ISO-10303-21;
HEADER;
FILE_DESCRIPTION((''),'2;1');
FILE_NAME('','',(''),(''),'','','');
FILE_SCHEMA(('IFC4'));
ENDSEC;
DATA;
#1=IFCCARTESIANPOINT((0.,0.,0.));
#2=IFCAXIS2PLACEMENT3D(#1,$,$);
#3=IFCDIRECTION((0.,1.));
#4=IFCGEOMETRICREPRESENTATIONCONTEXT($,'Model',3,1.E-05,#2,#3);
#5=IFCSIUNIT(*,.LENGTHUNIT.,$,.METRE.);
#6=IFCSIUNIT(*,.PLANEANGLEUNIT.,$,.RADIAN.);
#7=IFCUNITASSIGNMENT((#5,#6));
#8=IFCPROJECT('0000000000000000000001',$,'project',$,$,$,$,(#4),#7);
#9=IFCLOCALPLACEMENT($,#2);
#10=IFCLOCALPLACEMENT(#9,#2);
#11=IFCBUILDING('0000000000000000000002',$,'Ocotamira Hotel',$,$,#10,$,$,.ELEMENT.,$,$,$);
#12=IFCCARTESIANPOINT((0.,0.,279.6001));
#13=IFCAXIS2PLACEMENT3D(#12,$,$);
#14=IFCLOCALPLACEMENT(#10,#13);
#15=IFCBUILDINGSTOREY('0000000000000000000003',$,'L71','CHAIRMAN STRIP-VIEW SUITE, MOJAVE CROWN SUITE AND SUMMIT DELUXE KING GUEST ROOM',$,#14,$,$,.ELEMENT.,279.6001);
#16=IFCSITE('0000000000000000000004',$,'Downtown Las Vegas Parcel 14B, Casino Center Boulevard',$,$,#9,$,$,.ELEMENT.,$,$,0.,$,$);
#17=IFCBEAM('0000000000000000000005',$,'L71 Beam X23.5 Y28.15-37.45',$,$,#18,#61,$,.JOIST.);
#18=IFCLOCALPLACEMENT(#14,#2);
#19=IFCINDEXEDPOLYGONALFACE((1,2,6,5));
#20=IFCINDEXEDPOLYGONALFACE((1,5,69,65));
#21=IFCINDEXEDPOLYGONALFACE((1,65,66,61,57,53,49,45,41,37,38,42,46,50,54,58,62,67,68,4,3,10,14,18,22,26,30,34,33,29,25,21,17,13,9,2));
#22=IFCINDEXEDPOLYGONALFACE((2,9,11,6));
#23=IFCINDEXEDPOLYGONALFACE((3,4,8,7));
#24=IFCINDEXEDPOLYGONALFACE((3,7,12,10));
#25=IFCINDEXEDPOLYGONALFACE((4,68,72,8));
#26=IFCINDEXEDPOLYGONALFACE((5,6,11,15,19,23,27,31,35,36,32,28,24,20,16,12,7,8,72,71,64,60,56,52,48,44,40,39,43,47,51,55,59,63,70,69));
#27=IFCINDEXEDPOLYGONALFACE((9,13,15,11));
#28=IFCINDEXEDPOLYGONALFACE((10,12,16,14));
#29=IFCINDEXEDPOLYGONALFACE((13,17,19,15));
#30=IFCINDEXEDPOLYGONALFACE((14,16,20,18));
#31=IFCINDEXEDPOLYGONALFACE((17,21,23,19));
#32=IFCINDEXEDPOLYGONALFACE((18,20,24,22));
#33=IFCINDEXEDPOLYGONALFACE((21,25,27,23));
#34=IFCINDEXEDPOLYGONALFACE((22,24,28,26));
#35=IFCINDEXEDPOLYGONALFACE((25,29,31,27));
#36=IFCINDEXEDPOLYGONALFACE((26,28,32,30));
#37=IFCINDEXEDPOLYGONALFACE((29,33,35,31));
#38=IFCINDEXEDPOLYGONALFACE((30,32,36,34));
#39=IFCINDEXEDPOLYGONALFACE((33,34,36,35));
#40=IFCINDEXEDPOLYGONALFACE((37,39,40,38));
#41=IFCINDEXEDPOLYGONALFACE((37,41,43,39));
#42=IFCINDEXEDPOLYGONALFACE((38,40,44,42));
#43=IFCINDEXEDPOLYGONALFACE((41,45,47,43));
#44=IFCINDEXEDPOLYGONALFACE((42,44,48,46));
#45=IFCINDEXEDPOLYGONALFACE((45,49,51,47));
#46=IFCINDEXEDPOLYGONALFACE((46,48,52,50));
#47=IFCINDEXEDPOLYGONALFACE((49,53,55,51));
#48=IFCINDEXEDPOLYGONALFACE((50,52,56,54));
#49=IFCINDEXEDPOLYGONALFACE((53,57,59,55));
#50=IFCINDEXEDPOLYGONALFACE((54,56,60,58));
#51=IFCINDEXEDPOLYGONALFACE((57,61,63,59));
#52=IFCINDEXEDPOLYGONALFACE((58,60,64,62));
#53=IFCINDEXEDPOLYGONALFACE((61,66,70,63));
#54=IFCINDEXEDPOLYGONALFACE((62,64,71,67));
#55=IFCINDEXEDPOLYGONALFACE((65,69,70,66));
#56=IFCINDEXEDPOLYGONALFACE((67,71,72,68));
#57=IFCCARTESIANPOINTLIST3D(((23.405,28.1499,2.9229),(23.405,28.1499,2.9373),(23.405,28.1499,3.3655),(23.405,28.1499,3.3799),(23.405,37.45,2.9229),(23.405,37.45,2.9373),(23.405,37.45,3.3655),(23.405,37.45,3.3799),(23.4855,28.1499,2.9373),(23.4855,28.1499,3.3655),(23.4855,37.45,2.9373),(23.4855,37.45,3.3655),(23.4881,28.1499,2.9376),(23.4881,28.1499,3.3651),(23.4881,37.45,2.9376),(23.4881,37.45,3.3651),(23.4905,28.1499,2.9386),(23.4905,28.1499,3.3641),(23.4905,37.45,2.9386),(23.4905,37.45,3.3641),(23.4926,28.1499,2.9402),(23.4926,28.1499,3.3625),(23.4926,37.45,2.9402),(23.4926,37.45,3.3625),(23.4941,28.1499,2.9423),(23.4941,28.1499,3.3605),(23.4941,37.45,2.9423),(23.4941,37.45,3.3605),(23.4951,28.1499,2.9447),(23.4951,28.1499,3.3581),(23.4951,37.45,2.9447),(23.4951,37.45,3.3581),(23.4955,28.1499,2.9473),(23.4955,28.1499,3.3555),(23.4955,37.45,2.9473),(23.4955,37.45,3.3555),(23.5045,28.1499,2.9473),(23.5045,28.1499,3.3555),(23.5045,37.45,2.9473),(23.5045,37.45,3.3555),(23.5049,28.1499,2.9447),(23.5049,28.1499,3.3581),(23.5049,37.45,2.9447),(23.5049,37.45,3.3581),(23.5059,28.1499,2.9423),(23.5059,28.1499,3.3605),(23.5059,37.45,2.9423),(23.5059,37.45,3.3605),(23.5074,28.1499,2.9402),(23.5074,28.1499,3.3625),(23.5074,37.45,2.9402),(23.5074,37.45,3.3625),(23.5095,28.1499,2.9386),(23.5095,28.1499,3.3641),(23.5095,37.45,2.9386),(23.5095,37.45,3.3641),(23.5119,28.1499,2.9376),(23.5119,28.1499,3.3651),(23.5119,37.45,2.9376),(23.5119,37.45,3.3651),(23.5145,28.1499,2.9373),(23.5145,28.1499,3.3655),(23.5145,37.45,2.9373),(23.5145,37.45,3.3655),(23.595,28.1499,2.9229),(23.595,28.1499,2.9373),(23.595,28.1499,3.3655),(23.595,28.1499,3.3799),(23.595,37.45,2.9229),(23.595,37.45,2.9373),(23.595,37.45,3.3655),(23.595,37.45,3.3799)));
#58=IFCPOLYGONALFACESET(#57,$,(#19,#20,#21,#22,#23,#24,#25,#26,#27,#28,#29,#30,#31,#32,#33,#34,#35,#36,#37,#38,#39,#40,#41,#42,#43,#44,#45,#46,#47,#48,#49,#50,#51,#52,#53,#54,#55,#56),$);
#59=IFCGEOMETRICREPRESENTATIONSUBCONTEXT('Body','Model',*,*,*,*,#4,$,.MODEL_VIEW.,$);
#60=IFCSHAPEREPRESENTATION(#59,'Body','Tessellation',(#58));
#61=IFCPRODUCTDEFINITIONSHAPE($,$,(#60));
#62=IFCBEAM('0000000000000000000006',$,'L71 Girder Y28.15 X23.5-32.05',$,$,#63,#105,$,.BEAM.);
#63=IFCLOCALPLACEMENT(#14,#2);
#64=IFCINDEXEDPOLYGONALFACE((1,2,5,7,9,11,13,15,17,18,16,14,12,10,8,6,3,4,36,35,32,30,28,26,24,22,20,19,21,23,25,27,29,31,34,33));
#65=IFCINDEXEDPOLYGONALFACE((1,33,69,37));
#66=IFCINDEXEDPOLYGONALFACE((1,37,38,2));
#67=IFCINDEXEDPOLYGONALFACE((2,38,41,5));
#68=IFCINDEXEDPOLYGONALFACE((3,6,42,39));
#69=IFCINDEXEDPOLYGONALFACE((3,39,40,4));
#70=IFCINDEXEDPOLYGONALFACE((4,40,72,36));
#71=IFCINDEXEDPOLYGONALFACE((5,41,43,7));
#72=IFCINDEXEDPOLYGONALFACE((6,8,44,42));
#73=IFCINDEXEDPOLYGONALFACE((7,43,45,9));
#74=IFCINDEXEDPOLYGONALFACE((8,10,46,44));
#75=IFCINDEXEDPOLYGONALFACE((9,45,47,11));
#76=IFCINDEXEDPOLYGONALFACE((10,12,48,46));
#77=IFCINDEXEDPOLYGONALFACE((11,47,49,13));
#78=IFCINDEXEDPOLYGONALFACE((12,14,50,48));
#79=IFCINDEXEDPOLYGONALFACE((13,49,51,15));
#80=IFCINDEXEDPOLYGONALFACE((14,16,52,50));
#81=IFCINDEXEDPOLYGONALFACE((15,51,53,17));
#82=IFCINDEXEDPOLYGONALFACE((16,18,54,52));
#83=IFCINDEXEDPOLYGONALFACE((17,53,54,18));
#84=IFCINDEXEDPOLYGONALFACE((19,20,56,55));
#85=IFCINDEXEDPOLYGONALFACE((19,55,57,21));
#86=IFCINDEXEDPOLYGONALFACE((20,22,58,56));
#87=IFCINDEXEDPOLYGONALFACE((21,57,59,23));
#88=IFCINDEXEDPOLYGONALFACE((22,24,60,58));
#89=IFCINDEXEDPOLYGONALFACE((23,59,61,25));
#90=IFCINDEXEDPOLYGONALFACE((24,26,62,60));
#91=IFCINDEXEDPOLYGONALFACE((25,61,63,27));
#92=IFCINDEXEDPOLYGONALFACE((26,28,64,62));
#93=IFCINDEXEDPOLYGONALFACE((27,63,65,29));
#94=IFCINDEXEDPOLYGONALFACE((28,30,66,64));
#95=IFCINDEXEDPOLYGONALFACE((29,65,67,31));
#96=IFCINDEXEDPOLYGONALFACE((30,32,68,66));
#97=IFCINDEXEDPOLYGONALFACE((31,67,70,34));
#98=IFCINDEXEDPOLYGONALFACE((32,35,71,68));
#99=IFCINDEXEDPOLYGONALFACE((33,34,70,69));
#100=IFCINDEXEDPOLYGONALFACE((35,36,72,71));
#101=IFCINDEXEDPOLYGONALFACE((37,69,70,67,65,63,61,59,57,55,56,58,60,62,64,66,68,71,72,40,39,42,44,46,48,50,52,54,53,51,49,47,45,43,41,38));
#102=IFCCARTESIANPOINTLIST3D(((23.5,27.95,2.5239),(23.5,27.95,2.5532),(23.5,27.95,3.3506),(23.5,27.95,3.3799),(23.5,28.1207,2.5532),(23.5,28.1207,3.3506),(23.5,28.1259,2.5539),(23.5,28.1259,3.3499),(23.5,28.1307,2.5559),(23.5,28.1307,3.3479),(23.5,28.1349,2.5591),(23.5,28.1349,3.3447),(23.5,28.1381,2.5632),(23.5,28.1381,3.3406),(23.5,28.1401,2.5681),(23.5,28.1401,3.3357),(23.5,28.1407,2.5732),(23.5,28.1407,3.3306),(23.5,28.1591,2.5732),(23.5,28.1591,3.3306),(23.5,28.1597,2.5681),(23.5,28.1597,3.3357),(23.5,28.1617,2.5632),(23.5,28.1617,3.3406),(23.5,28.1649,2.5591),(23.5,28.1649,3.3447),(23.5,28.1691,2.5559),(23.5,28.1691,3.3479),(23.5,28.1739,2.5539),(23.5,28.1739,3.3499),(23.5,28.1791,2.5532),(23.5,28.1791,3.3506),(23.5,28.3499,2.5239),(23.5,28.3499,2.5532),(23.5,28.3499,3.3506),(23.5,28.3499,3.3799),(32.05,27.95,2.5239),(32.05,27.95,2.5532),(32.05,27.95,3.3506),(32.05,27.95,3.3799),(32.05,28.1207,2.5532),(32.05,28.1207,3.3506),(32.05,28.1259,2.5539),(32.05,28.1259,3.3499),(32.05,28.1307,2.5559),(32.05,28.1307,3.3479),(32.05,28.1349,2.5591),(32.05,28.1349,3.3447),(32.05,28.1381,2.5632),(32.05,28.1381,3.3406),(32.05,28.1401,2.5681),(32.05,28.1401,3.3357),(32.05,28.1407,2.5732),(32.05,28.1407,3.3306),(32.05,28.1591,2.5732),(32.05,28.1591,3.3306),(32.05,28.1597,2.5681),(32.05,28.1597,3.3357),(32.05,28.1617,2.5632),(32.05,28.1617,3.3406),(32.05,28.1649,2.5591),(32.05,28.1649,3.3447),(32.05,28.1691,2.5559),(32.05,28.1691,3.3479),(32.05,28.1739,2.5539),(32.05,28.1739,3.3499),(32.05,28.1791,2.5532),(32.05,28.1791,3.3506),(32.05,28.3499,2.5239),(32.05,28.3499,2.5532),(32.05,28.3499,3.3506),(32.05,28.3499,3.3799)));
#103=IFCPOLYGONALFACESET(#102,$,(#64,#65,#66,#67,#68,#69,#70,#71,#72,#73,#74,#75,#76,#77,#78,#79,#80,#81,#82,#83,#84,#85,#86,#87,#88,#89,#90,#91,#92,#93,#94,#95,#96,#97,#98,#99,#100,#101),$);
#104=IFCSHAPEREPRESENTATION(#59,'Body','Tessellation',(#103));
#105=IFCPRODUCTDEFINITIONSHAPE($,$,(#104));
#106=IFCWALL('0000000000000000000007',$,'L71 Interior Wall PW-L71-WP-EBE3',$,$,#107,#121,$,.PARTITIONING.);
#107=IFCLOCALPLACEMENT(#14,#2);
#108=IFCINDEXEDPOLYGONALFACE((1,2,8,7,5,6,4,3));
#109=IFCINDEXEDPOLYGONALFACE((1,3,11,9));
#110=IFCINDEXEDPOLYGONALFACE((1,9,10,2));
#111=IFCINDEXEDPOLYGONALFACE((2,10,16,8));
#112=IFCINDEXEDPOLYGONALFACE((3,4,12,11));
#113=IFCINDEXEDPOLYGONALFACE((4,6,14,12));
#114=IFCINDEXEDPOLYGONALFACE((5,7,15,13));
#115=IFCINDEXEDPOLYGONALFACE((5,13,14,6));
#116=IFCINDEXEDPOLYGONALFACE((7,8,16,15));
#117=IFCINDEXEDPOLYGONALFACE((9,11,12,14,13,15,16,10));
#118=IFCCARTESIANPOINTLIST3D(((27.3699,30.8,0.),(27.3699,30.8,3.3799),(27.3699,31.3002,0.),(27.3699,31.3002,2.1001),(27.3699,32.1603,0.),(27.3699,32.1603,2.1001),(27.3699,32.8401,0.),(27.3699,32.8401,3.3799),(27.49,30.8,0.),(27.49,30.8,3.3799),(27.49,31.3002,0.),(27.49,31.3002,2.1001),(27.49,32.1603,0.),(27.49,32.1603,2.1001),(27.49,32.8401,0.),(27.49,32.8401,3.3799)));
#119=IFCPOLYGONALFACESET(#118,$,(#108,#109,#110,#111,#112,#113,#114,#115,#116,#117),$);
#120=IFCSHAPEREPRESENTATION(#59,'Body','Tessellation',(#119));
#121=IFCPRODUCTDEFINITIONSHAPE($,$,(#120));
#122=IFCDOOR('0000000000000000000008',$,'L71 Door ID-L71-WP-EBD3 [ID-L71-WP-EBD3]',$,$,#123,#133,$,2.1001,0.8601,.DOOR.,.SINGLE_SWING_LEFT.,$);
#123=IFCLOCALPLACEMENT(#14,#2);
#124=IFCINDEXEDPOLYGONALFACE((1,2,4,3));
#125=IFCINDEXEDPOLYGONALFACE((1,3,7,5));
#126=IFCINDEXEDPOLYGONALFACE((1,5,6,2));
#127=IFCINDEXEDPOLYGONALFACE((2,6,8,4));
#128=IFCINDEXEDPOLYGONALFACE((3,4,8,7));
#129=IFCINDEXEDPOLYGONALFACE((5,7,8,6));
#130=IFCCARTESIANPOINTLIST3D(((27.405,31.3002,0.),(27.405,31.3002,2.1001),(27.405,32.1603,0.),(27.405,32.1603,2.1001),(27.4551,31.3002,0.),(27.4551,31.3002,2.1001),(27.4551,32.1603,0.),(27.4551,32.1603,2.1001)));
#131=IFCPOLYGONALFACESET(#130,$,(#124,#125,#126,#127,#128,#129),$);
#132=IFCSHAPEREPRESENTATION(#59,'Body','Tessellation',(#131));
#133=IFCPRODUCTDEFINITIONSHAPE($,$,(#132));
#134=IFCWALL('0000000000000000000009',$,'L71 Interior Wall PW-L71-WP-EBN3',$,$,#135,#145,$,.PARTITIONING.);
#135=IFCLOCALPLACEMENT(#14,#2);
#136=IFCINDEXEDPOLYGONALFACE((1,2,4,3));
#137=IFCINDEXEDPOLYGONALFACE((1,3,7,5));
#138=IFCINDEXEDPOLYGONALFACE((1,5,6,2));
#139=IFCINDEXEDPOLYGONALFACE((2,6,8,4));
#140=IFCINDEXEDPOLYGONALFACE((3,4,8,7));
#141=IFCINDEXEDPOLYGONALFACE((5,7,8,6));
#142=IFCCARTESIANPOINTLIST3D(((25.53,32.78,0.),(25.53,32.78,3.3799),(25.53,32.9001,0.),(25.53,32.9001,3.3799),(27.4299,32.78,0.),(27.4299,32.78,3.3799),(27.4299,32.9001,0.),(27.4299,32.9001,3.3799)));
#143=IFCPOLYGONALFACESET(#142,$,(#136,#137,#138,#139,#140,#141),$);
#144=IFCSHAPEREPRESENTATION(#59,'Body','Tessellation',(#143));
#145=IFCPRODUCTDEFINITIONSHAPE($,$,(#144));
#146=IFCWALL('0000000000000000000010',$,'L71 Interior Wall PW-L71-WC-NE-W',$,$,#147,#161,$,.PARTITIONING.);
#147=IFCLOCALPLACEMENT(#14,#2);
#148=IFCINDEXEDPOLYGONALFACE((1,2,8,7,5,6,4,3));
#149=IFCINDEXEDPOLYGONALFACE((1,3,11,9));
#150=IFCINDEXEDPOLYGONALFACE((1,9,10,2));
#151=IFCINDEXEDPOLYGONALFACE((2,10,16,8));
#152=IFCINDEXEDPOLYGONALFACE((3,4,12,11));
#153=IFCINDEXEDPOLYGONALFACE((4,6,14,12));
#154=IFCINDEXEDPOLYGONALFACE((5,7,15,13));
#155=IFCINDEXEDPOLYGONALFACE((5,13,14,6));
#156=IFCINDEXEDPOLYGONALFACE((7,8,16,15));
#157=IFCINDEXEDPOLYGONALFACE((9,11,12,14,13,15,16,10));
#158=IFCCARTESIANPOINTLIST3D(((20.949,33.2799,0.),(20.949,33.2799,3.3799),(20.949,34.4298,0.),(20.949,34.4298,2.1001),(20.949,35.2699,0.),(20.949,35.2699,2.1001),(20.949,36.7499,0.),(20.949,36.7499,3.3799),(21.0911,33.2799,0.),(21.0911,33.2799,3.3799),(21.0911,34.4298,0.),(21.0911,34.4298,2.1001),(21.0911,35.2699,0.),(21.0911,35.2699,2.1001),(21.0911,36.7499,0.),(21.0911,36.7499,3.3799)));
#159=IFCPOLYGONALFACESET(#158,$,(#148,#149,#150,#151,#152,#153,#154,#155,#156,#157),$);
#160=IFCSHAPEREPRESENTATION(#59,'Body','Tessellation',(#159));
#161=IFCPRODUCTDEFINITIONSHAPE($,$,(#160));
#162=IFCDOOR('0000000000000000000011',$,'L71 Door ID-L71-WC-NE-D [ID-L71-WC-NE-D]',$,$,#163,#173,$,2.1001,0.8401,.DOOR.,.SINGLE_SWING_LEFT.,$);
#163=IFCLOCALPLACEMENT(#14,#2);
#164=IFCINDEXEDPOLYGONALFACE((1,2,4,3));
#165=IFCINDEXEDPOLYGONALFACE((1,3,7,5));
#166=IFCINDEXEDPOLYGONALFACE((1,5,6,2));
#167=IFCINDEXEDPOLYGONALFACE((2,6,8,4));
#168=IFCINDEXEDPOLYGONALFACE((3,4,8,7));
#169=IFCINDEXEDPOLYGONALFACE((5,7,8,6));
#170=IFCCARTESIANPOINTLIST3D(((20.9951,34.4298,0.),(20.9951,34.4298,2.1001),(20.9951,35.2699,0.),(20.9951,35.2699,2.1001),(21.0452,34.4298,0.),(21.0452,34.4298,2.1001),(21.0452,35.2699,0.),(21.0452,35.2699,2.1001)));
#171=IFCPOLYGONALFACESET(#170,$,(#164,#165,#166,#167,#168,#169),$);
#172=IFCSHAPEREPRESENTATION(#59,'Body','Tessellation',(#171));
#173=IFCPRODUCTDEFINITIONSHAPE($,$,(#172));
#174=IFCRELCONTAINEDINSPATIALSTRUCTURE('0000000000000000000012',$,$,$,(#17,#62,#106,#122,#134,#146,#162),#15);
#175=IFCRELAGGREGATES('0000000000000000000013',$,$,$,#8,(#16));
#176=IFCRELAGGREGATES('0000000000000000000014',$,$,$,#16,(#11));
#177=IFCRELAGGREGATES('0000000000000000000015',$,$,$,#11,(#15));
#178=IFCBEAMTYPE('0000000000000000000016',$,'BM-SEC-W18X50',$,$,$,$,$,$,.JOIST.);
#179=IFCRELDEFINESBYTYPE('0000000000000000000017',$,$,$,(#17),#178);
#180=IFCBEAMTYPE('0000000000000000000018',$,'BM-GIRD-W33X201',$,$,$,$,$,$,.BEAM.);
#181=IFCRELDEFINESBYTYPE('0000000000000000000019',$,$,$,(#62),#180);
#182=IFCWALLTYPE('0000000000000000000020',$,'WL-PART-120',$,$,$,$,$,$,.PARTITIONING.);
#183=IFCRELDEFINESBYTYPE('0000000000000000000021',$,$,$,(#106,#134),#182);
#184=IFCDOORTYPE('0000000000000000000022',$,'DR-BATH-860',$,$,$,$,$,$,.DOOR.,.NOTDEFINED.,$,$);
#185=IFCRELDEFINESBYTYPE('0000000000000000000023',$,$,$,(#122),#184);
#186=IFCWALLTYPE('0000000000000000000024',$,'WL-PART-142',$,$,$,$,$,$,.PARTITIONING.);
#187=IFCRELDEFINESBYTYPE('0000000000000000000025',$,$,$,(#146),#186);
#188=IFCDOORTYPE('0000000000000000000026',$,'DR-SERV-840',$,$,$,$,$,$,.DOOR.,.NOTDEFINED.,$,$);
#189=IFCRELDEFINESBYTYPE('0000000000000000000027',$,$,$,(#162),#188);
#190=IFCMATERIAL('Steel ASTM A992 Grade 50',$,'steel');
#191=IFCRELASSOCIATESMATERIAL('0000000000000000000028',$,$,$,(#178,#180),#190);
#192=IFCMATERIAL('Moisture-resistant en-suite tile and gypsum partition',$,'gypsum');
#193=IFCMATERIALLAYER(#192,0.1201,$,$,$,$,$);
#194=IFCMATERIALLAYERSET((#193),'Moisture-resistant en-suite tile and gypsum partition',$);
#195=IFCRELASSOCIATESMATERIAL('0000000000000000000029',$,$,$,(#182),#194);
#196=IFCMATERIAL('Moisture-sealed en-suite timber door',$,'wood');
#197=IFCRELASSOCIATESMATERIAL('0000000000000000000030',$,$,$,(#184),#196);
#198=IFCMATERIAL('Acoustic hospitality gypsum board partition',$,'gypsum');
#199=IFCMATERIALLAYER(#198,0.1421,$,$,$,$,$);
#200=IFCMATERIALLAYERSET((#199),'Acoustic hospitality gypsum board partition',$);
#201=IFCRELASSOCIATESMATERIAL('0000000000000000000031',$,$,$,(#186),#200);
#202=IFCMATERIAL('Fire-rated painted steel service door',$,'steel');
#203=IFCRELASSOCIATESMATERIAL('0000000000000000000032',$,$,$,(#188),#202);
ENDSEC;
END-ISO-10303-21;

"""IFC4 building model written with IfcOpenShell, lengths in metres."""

from ifc_helpers import new_model, si_unit, direction, frame, frame_2d, origin, origin_2d, place, context, subcontext, project, spatial, rectangle, i_section, extrude, source, transform, mapped, material, layer, layer_set, material_profile, profile_set, type_object, element, fill, save


model = new_model("IFC4")

# Units and contexts
model_context = context("Model", 3, precision=1e-05, world=origin(), true_north=direction((0.0, 1.0)))
body_context = subcontext(model_context, "Body", "Model", "MODEL_VIEW")
ifc_project = project(units=[si_unit("LENGTHUNIT", "METRE"), si_unit("PLANEANGLEUNIT", "RADIAN")], contexts=[model_context])

# Site, building, storey
site_placement = place(None, origin())
site = spatial("IfcSite", under=ifc_project, at=site_placement, Name="Downtown Las Vegas Parcel 14B, Casino Center Boulevard", CompositionType="ELEMENT", RefElevation=0.0)
building_placement = place(site_placement, origin())
building = spatial("IfcBuilding", under=site, at=building_placement, Name="Ocotamira Hotel", CompositionType="ELEMENT")
storey_placement = place(building_placement, frame((0.0, 0.0, 279.6001)))
storey = spatial("IfcBuildingStorey", under=building, at=storey_placement, Name="L71", Description="CHAIRMAN STRIP-VIEW SUITE, MOJAVE CROWN SUITE AND SUMMIT DELUXE KING GUEST ROOM", CompositionType="ELEMENT", Elevation=279.6001)

# Shared definitions
ifc_material_1 = material(Name="Steel ASTM A992 Grade 50", Category="steel")

# Beams
ifc_material_profile_1 = material_profile(ifc_material_1, i_section(OverallWidth=0.1899, OverallDepth=0.457, WebThickness=0.009, FlangeThickness=0.0144, FilletRadius=0.01, at=origin_2d()), Name="W18X50")
ifc_profile_set_1 = profile_set([ifc_material_profile_1], Name="Steel ASTM A992 Grade 50")
beam_type_1 = type_object("IfcBeamType", Name="BM-SEC-W18X50", PredefinedType="JOIST", material=ifc_profile_set_1)
shared_shape_1 = source(origin(), body_context, "Body", "SweptSolid", [
    extrude(i_section(OverallWidth=0.1899, OverallDepth=0.457, WebThickness=0.009, FlangeThickness=0.0144, FilletRadius=0.01, at=origin_2d()), origin(), (0.0, 0.0, 1.0), 9.3),
])
beam_1_placement = place(storey_placement, frame((23.5, 28.1499, 3.1514), z_axis=(0.0, 1.0, 0.0), x_axis=(-1.0, 0.0, 0.0)))
element("IfcBeam", 1, at=beam_1_placement, inside=storey, type_object=beam_type_1, Name="L71 Beam X23.5 Y28.15-37.45", PredefinedType="JOIST", context=body_context, shape_type="MappedRepresentation", body=[
    mapped(shared_shape_1, transform((0.0, 0.0, 0.0), scale=1.0)),
])
ifc_material_profile_2 = material_profile(ifc_material_1, i_section(OverallWidth=0.3999, OverallDepth=0.856, WebThickness=0.0183, FlangeThickness=0.0293, FilletRadius=0.02, at=origin_2d()), Name="W33X201")
ifc_profile_set_2 = profile_set([ifc_material_profile_2], Name="Steel ASTM A992 Grade 50")
beam_type_2 = type_object("IfcBeamType", Name="BM-GIRD-W33X201", PredefinedType="BEAM", material=ifc_profile_set_2)
shared_shape_2 = source(origin(), body_context, "Body", "SweptSolid", [
    extrude(i_section(OverallWidth=0.3999, OverallDepth=0.856, WebThickness=0.0183, FlangeThickness=0.0293, FilletRadius=0.02, at=origin_2d()), origin(), (0.0, 0.0, 1.0), 8.55),
])
beam_2_placement = place(storey_placement, frame((23.5, 28.1499, 2.9519), z_axis=(1.0, 0.0, 0.0), x_axis=(0.0, 1.0, 0.0)))
element("IfcBeam", 2, at=beam_2_placement, inside=storey, type_object=beam_type_2, Name="L71 Girder Y28.15 X23.5-32.05", PredefinedType="BEAM", context=body_context, shape_type="MappedRepresentation", body=[
    mapped(shared_shape_2, transform((0.0, 0.0, 0.0), scale=1.0)),
])

# Wall, opening, door
ifc_material_2 = material(Name="Moisture-resistant en-suite tile and gypsum partition", Category="gypsum")
ifc_layer_1 = layer(ifc_material_2, 0.1201)
ifc_layer_set_1 = layer_set([ifc_layer_1], Name="Moisture-resistant en-suite tile and gypsum partition")
wall_type_1 = type_object("IfcWallType", Name="WL-PART-120", PredefinedType="PARTITIONING", material=ifc_layer_set_1)
wall_1_placement = place(storey_placement, frame((27.4299, 30.8, 0.0), z_axis=(0.0, 0.0, 1.0), x_axis=(0.0, 1.0, 0.0)))
wall_1 = element("IfcWall", 3, at=wall_1_placement, inside=storey, type_object=wall_type_1, Name="L71 Interior Wall PW-L71-WP-EBE3", PredefinedType="PARTITIONING", context=body_context, shape_type="SweptSolid", body=[
    extrude(rectangle(XDim=2.04, YDim=0.1201, at=frame_2d((1.02, 0.0))), origin(), (0.0, 0.0, 1.0), 3.3799),
])
opening_1_placement = place(wall_1_placement, frame((0.5, 0.0, 0.0)))
opening_1 = element("IfcOpeningElement", 4, at=opening_1_placement, cuts=wall_1, PredefinedType="OPENING", context=body_context, shape_type="SweptSolid", body=[
    extrude(rectangle(XDim=0.8601, YDim=2.1001, at=frame_2d((0.4302, 1.05))), frame((0.0, 0.0701, 0.0), z_axis=(0.0, -1.0, 0.0), x_axis=(1.0, 0.0, 0.0)), (0.0, 0.0, 1.0), 0.1401),
])
ifc_material_3 = material(Name="Moisture-sealed en-suite timber door", Category="wood")
door_type_1 = type_object("IfcDoorType", Name="DR-BATH-860", OperationType="NOTDEFINED", PredefinedType="DOOR", material=ifc_material_3)
shared_shape_3 = source(origin(), body_context, "Body", "SweptSolid", [
    extrude(rectangle(XDim=0.8601, YDim=2.1001, at=frame_2d((0.4302, 1.05))), frame((0.0, 0.0249, 0.0), z_axis=(0.0, -1.0, 0.0), x_axis=(1.0, 0.0, 0.0)), (0.0, 0.0, 1.0), 0.05),
])
door_1_placement = place(opening_1_placement, origin())
door_1 = element("IfcDoor", 5, at=door_1_placement, inside=storey, type_object=door_type_1, Name="L71 Door ID-L71-WP-EBD3 [ID-L71-WP-EBD3]", OperationType="SINGLE_SWING_LEFT", OverallHeight=2.1001, OverallWidth=0.8601, PredefinedType="DOOR", context=body_context, shape_type="MappedRepresentation", body=[
    mapped(shared_shape_3, transform((0.0, 0.0, 0.0), scale=1.0)),
])
fill(opening_1, door_1)

# Wall
wall_2_placement = place(storey_placement, frame((25.53, 32.8401, 0.0), z_axis=(0.0, 0.0, 1.0), x_axis=(1.0, 0.0, 0.0)))
element("IfcWall", 6, at=wall_2_placement, inside=storey, type_object=wall_type_1, Name="L71 Interior Wall PW-L71-WP-EBN3", PredefinedType="PARTITIONING", context=body_context, shape_type="SweptSolid", body=[
    extrude(rectangle(XDim=1.8999, YDim=0.1201, at=frame_2d((0.95, 0.0))), origin(), (0.0, 0.0, 1.0), 3.3799),
])

# Wall, opening, door
ifc_material_4 = material(Name="Acoustic hospitality gypsum board partition", Category="gypsum")
ifc_layer_2 = layer(ifc_material_4, 0.1421)
ifc_layer_set_2 = layer_set([ifc_layer_2], Name="Acoustic hospitality gypsum board partition")
wall_type_2 = type_object("IfcWallType", Name="WL-PART-142", PredefinedType="PARTITIONING", material=ifc_layer_set_2)
wall_3_placement = place(storey_placement, frame((21.02, 33.28, 0.0), z_axis=(0.0, 0.0, 1.0), x_axis=(0.0, 1.0, 0.0)))
wall_3 = element("IfcWall", 7, at=wall_3_placement, inside=storey, type_object=wall_type_2, Name="L71 Interior Wall PW-L71-WC-NE-W", PredefinedType="PARTITIONING", context=body_context, shape_type="SweptSolid", body=[
    extrude(rectangle(XDim=3.47, YDim=0.1421, at=frame_2d((1.7349, 0.0))), origin(), (0.0, 0.0, 1.0), 3.3799),
])
opening_2_placement = place(wall_3_placement, frame((1.1499, 0.0, 0.0)))
opening_2 = element("IfcOpeningElement", 8, at=opening_2_placement, cuts=wall_3, PredefinedType="OPENING", context=body_context, shape_type="SweptSolid", body=[
    extrude(rectangle(XDim=0.8401, YDim=2.1001, at=frame_2d((0.4199, 1.05))), frame((0.0, 0.0811, 0.0), z_axis=(0.0, -1.0, 0.0), x_axis=(1.0, 0.0, 0.0)), (0.0, 0.0, 1.0), 0.1621),
])
ifc_material_5 = material(Name="Fire-rated painted steel service door", Category="steel")
door_type_2 = type_object("IfcDoorType", Name="DR-SERV-840", OperationType="NOTDEFINED", PredefinedType="DOOR", material=ifc_material_5)
shared_shape_4 = source(origin(), body_context, "Body", "SweptSolid", [
    extrude(rectangle(XDim=0.8401, YDim=2.1001, at=frame_2d((0.4199, 1.05))), frame((0.0, 0.0249, 0.0), z_axis=(0.0, -1.0, 0.0), x_axis=(1.0, 0.0, 0.0)), (0.0, 0.0, 1.0), 0.05),
])
door_2_placement = place(opening_2_placement, origin())
door_2 = element("IfcDoor", 9, at=door_2_placement, inside=storey, type_object=door_type_2, Name="L71 Door ID-L71-WC-NE-D [ID-L71-WC-NE-D]", OperationType="SINGLE_SWING_LEFT", OverallHeight=2.1001, OverallWidth=0.8401, PredefinedType="DOOR", context=body_context, shape_type="MappedRepresentation", body=[
    mapped(shared_shape_4, transform((0.0, 0.0, 0.0), scale=1.0)),
])
fill(opening_2, door_2)

save(model, "model.ifc")
